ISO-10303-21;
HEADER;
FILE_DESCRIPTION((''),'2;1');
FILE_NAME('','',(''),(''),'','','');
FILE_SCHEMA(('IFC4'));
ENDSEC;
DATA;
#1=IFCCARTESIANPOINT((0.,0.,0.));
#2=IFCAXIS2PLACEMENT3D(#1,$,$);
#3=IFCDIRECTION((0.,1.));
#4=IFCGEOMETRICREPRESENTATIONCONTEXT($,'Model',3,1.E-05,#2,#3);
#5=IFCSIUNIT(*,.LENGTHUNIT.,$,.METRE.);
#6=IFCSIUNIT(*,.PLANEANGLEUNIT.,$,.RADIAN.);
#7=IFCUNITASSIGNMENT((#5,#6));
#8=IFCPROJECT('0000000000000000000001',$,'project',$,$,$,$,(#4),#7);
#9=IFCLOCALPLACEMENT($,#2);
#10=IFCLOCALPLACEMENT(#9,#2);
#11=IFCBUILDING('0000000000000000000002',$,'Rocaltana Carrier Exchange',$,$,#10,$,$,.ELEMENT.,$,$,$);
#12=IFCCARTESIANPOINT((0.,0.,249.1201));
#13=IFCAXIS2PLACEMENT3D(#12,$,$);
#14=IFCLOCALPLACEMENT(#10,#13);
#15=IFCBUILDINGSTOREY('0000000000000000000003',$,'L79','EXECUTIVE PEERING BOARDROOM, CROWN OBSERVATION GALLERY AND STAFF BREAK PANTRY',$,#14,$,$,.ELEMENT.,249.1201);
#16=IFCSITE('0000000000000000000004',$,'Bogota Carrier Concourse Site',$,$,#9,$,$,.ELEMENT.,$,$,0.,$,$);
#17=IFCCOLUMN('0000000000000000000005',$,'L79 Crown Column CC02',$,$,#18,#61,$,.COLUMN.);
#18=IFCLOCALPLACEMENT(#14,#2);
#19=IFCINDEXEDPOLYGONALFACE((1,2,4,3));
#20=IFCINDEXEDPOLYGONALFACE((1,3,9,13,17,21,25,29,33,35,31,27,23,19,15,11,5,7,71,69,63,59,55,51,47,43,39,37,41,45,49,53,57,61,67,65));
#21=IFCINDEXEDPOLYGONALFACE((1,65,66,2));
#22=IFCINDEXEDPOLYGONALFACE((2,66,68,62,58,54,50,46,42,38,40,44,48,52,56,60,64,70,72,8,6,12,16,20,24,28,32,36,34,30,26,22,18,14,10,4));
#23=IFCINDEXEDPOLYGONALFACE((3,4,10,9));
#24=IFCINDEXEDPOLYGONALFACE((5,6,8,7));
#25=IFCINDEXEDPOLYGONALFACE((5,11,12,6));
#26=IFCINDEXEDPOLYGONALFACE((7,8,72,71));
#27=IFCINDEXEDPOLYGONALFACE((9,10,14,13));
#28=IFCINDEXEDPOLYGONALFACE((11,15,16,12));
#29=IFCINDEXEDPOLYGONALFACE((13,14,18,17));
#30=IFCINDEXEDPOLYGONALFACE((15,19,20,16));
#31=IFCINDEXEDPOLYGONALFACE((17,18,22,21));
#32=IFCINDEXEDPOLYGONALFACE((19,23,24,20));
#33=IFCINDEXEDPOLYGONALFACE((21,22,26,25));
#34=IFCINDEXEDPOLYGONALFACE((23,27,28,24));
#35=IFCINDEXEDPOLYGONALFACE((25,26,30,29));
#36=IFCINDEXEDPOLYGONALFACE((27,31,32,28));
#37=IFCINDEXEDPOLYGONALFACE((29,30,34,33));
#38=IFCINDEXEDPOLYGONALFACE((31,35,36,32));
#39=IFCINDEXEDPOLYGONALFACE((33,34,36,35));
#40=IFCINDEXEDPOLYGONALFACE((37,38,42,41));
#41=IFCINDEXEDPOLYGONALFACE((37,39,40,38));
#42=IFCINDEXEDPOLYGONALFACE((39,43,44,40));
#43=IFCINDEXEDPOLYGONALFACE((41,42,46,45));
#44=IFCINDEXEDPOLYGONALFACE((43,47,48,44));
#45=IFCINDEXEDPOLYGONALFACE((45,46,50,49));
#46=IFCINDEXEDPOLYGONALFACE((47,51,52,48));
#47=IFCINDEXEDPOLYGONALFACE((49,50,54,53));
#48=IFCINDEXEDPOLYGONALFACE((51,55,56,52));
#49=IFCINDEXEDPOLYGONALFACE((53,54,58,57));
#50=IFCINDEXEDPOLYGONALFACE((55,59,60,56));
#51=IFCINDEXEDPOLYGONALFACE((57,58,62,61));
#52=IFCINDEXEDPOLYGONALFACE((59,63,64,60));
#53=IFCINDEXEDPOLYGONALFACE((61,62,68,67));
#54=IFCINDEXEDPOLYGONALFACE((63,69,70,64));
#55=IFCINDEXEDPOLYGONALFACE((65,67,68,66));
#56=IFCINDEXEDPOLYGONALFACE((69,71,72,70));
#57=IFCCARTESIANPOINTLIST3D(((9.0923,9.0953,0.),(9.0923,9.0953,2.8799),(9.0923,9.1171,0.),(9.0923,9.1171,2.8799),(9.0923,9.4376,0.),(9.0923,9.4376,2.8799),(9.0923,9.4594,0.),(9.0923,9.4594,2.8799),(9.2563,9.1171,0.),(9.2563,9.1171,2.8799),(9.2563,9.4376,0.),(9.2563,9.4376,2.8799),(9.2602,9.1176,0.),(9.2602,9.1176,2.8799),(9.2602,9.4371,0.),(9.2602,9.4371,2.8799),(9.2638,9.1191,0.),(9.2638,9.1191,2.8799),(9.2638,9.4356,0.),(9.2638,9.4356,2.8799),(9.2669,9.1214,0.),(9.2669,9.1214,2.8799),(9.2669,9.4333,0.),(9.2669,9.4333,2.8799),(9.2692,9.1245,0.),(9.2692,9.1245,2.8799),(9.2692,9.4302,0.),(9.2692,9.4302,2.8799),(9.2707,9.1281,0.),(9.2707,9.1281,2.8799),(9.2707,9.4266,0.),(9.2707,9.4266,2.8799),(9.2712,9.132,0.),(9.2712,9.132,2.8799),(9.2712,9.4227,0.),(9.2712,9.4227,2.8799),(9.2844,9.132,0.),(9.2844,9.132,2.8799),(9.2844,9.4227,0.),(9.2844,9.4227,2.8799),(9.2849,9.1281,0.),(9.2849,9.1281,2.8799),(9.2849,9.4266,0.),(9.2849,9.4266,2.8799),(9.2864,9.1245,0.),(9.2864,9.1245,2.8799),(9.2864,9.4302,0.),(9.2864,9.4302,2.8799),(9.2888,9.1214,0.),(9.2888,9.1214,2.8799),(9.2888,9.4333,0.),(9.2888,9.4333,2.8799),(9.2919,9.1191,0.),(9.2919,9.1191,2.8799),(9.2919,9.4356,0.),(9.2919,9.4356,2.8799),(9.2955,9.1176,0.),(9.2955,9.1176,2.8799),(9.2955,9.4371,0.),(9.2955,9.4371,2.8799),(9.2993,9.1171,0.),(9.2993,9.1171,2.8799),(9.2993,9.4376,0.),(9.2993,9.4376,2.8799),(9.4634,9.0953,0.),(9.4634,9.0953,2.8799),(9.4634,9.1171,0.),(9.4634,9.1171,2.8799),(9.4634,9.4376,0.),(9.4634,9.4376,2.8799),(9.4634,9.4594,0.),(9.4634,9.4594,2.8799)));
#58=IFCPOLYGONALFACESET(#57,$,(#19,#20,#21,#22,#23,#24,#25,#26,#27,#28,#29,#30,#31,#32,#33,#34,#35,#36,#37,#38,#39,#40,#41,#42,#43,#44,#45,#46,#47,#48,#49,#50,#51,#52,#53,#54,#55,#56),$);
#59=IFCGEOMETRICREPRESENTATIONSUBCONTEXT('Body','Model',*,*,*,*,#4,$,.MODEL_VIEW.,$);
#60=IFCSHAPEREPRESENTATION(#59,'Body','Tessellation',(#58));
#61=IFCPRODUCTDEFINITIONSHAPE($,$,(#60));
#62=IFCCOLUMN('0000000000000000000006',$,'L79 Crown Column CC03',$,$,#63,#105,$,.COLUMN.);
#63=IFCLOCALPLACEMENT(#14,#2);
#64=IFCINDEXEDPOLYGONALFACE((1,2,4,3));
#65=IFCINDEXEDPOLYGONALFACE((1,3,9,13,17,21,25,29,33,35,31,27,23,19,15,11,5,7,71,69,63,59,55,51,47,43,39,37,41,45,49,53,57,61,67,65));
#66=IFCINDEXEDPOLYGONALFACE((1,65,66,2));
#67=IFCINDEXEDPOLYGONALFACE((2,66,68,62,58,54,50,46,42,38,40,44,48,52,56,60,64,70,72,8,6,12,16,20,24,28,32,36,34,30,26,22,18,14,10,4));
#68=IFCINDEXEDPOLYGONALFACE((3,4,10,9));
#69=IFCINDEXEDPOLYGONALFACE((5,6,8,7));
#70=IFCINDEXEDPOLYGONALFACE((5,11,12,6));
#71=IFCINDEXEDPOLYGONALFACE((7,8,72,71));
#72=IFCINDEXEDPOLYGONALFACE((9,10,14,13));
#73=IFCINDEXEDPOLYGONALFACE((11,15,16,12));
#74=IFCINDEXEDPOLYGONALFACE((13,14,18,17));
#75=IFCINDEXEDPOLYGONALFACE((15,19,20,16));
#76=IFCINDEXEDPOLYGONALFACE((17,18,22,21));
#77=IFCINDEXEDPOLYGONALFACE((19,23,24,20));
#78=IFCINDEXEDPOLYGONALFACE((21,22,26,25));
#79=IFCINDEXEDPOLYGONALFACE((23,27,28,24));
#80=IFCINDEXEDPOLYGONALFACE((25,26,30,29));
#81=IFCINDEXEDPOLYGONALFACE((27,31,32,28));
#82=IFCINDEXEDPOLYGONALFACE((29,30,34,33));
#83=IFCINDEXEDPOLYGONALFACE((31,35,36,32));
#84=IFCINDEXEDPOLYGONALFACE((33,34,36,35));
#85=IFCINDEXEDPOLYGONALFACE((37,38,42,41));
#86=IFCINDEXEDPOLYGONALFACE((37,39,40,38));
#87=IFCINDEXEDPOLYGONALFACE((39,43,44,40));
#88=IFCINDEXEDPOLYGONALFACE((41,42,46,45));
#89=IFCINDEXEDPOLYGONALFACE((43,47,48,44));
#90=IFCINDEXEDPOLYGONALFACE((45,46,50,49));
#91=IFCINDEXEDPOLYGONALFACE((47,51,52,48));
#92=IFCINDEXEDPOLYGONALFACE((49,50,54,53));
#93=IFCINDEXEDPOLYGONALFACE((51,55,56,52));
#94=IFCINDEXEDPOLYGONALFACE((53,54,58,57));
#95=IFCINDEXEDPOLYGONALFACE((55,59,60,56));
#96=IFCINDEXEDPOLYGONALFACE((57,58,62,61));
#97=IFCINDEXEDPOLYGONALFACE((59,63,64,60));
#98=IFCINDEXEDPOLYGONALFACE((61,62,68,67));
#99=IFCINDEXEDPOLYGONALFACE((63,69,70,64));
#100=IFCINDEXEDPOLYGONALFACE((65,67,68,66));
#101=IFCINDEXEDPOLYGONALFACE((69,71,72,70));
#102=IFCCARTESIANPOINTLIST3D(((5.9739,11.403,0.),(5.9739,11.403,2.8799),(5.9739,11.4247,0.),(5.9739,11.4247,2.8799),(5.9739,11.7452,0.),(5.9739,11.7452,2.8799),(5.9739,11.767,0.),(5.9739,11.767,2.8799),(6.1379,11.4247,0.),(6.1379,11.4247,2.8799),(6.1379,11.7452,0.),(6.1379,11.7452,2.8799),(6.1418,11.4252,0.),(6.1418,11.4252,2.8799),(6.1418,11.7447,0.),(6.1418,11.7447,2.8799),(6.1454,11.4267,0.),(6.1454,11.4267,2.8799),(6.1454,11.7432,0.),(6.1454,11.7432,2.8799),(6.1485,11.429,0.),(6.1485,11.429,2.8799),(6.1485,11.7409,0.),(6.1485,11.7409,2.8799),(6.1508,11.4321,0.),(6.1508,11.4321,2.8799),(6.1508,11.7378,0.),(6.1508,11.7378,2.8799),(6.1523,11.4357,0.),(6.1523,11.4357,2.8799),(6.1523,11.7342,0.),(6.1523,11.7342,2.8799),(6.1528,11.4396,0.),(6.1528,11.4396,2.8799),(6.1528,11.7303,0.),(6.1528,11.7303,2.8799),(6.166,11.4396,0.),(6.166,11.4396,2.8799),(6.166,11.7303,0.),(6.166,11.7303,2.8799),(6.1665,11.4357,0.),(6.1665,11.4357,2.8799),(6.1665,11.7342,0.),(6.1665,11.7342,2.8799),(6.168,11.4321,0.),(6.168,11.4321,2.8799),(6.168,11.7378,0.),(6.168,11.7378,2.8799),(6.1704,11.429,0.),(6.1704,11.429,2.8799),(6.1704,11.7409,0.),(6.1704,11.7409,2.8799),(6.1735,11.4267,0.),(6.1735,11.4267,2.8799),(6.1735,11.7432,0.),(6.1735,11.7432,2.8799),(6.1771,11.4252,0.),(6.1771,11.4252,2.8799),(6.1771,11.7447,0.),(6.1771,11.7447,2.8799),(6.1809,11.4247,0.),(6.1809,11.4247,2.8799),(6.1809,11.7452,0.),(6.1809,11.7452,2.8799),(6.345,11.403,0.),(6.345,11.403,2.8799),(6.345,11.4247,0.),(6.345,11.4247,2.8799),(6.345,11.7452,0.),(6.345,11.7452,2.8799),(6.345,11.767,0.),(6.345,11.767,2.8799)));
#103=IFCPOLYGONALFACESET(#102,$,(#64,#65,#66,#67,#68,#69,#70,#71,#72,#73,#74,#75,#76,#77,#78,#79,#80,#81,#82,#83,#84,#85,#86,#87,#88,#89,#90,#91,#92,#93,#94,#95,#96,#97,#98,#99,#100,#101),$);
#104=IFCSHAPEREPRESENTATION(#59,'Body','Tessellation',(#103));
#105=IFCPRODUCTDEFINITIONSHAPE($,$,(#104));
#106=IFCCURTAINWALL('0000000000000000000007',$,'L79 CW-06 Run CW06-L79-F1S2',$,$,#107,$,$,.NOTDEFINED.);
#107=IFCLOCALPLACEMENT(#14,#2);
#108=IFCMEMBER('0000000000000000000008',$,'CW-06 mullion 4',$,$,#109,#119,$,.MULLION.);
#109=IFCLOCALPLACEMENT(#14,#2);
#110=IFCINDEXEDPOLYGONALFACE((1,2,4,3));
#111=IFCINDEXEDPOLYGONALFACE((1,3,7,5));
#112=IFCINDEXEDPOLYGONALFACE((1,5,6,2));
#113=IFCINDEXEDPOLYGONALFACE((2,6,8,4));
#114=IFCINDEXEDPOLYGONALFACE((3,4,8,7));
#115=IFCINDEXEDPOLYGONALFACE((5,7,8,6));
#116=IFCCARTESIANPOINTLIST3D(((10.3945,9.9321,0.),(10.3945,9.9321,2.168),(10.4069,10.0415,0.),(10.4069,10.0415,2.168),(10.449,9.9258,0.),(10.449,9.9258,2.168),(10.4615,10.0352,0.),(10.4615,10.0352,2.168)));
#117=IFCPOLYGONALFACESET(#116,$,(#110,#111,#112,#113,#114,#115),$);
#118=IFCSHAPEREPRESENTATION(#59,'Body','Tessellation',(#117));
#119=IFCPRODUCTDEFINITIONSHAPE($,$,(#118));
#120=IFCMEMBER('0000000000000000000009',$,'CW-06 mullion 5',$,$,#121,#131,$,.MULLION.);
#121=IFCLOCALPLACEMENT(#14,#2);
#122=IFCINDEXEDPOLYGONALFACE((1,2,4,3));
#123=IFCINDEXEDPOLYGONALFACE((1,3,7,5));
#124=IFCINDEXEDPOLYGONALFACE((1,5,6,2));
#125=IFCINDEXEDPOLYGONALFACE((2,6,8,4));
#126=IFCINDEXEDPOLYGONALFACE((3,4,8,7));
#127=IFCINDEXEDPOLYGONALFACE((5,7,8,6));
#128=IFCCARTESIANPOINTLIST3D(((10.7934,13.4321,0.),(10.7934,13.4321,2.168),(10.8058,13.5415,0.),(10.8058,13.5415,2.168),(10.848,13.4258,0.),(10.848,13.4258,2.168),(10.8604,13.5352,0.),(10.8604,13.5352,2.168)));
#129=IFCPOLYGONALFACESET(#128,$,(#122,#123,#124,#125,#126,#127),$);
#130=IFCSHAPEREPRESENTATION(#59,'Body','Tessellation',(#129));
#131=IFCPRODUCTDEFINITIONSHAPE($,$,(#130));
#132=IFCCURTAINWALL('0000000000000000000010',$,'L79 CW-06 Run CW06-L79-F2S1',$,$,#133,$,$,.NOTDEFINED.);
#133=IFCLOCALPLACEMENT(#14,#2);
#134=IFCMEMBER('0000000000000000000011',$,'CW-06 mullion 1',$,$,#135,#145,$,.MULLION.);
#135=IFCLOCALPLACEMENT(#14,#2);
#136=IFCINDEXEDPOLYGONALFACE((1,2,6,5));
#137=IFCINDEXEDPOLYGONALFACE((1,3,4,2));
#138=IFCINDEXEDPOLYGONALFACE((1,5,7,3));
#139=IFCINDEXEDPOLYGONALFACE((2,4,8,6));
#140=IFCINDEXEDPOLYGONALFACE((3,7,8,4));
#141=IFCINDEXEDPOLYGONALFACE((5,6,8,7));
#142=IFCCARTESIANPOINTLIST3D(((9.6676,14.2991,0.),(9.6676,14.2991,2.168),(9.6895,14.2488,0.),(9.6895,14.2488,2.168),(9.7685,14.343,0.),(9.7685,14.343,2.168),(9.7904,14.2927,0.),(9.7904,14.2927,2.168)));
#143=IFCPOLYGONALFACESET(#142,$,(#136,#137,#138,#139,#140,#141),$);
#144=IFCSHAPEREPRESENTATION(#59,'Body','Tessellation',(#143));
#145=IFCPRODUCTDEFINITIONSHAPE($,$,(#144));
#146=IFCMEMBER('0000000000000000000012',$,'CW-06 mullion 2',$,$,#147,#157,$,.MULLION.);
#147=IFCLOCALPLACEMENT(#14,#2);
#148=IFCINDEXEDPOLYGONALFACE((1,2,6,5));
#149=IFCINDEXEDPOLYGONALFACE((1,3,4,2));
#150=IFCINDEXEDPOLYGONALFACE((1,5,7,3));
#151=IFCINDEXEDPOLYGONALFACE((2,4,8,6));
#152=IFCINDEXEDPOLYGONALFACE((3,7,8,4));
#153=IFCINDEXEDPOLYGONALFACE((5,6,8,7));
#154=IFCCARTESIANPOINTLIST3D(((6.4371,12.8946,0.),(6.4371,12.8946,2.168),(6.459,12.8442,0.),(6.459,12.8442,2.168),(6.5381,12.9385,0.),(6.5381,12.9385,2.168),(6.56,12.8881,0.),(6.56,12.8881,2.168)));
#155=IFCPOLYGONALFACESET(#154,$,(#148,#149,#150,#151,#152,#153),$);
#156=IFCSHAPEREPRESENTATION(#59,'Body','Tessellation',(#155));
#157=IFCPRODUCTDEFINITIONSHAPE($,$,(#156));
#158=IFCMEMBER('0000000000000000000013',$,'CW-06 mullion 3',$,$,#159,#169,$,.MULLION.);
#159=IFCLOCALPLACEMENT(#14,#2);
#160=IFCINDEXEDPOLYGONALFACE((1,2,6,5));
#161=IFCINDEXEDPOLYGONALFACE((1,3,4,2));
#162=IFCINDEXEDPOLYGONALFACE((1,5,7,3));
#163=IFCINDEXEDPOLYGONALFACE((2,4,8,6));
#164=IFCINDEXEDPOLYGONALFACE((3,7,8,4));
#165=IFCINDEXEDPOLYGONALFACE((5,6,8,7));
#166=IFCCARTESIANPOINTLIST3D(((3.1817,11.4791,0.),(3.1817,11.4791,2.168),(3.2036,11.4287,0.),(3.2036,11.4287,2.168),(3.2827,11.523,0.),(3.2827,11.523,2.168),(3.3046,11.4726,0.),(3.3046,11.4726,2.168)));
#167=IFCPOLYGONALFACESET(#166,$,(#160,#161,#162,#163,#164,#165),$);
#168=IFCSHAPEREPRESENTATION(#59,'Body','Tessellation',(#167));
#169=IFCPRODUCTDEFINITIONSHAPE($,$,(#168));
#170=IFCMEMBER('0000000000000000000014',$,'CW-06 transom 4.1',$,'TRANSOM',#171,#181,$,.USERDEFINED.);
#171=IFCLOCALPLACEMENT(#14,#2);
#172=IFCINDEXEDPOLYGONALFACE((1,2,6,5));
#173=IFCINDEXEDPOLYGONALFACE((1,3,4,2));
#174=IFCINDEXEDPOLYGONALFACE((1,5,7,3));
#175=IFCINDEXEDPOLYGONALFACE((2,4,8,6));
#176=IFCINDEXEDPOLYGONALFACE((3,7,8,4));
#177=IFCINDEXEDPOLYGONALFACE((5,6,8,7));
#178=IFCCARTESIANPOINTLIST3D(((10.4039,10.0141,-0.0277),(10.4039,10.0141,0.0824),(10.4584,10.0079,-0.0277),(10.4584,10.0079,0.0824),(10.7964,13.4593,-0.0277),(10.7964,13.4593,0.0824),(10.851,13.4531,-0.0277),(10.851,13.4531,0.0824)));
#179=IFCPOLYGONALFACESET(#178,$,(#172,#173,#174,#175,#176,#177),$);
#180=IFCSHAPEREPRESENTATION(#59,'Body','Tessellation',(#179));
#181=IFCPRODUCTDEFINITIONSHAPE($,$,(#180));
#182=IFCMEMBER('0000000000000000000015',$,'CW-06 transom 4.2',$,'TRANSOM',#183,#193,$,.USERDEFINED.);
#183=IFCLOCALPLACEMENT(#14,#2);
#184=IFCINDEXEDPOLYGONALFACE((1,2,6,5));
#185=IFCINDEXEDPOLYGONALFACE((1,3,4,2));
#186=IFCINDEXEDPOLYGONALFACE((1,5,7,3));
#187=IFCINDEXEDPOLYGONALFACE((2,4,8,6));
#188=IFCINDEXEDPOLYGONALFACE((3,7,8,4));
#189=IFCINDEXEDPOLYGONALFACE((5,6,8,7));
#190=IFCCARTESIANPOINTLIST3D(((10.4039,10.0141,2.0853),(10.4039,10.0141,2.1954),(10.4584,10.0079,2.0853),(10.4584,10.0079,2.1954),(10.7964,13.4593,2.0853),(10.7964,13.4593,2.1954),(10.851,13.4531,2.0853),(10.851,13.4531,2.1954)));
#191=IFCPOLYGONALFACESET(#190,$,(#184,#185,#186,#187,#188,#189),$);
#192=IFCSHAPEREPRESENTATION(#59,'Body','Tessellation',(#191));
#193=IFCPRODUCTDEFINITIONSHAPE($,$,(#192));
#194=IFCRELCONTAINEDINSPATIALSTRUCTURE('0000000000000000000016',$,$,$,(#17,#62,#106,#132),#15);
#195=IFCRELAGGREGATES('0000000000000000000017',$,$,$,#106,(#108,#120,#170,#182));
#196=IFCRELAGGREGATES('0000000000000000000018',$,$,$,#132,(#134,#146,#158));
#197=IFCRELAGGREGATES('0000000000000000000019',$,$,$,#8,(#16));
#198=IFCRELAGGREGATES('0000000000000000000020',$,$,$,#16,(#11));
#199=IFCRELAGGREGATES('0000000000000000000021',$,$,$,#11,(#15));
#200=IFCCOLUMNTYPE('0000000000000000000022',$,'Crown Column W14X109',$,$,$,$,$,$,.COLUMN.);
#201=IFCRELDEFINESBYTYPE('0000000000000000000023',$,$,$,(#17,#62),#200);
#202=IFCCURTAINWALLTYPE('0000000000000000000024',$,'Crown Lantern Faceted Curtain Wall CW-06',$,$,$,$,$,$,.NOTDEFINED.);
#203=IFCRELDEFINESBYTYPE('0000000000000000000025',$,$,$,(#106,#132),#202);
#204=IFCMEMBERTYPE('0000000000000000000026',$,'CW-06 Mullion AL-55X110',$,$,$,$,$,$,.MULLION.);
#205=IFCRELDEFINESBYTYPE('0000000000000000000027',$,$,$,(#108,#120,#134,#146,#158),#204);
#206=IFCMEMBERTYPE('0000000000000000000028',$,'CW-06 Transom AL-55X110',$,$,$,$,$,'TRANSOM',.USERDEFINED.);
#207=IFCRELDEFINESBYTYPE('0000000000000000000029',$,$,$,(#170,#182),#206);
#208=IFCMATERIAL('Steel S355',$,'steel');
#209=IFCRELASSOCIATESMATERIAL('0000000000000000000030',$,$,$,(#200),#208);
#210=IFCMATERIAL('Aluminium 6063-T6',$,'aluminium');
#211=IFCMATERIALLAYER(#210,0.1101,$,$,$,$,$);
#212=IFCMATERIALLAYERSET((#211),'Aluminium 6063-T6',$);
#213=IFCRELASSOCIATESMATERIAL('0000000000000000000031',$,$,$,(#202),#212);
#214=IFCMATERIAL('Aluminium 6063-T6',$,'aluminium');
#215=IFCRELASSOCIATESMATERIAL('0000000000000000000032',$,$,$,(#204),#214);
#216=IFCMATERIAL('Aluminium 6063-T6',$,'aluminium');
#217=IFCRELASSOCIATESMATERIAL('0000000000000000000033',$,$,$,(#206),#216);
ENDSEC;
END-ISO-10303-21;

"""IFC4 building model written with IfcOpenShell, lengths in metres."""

from ifc_helpers import new_model, si_unit, direction, frame, origin, origin_2d, place, context, subcontext, project, spatial, rectangle, i_section, extrude, material, layer, layer_set, material_profile, profile_set, type_object, element, aggregate, save


model = new_model("IFC4")

# Units and contexts
model_context = context("Model", 3, precision=1e-05, world=origin(), true_north=direction((0.0, 1.0)))
body_context = subcontext(model_context, "Body", "Model", "MODEL_VIEW")
ifc_project = project(units=[si_unit("LENGTHUNIT", "METRE"), si_unit("PLANEANGLEUNIT", "RADIAN")], contexts=[model_context])

# Site, building, storey
site_placement = place(None, origin())
site = spatial("IfcSite", under=ifc_project, at=site_placement, Name="Bogota Carrier Concourse Site", CompositionType="ELEMENT", RefElevation=0.0)
building_placement = place(site_placement, origin())
building = spatial("IfcBuilding", under=site, at=building_placement, Name="Rocaltana Carrier Exchange", CompositionType="ELEMENT")
storey_placement = place(building_placement, frame((0.0, 0.0, 249.1201)))
storey = spatial("IfcBuildingStorey", under=building, at=storey_placement, Name="L79", Description="EXECUTIVE PEERING BOARDROOM, CROWN OBSERVATION GALLERY AND STAFF BREAK PANTRY", CompositionType="ELEMENT", Elevation=249.1201)

# Columns
ifc_material_1 = material(Name="Steel S355", Category="steel")
ifc_material_profile_1 = material_profile(ifc_material_1, i_section(OverallWidth=0.3711, OverallDepth=0.364, WebThickness=0.0132, FlangeThickness=0.0217, FilletRadius=0.0149, at=origin_2d()), Name="W14X109")
ifc_profile_set_1 = profile_set([ifc_material_profile_1], Name="Steel S355")
column_type = type_object("IfcColumnType", Name="Crown Column W14X109", PredefinedType="COLUMN", material=ifc_profile_set_1)
for number, where, z_axis, x_axis, name in (
    (1, (9.2778, 9.2773, 0.0), (0.0, 0.0, 1.0), (1.0, 0.0, 0.0), "L79 Crown Column CC02"),
    (2, (6.1594, 11.585, 0.0), (0.0, 0.0, 1.0), (1.0, 0.0, 0.0), "L79 Crown Column CC03"),
):
    element("IfcColumn", number, at=place(storey_placement, frame(where, z_axis=z_axis, x_axis=x_axis)), inside=storey, type_object=column_type, Name=name, PredefinedType="COLUMN", context=body_context, shape_type="SweptSolid", body=[
        extrude(i_section(OverallWidth=0.3711, OverallDepth=0.364, WebThickness=0.0132, FlangeThickness=0.0217, FilletRadius=0.0149, at=origin_2d()), origin(), (0.0, 0.0, 1.0), 2.8799),
    ])

# Curtain walls, members
ifc_material_2 = material(Name="Aluminium 6063-T6", Category="aluminium")
ifc_layer_1 = layer(ifc_material_2, 0.1101)
ifc_layer_set_1 = layer_set([ifc_layer_1], Name="Aluminium 6063-T6")
curtain_wall_type = type_object("IfcCurtainWallType", Name="Crown Lantern Faceted Curtain Wall CW-06", PredefinedType="NOTDEFINED", material=ifc_layer_set_1)
curtain_wall_1_placement = place(storey_placement, origin())
curtain_wall_1 = element("IfcCurtainWall", 3, at=curtain_wall_1_placement, inside=storey, type_object=curtain_wall_type, Name="L79 CW-06 Run CW06-L79-F1S2", PredefinedType="NOTDEFINED")
ifc_material_3 = material(Name="Aluminium 6063-T6", Category="aluminium")
ifc_material_profile_2 = material_profile(ifc_material_3, rectangle(XDim=0.0549, YDim=0.1101, at=origin_2d()), Name="AL-55X110")
ifc_profile_set_2 = profile_set([ifc_material_profile_2], Name="Aluminium 6063-T6")
member_type_1 = type_object("IfcMemberType", Name="CW-06 Mullion AL-55X110", PredefinedType="MULLION", material=ifc_profile_set_2)
member_1_placement = place(storey_placement, frame((10.428, 9.9836, 0.0), z_axis=(0.0, 0.0, 1.0), x_axis=(-0.993572, 0.113204, 0.0)))
member_1 = element("IfcMember", 4, at=member_1_placement, type_object=member_type_1, Name="CW-06 mullion 4", PredefinedType="MULLION", context=body_context, shape_type="SweptSolid", body=[
    extrude(rectangle(XDim=0.0549, YDim=0.1101, at=origin_2d()), origin(), (0.0, 0.0, 1.0), 2.168),
])
member_2_placement = place(storey_placement, frame((10.8269, 13.4836, 0.0), z_axis=(0.0, 0.0, 1.0), x_axis=(-0.993572, 0.113204, 0.0)))
member_2 = element("IfcMember", 5, at=member_2_placement, type_object=member_type_1, Name="CW-06 mullion 5", PredefinedType="MULLION", context=body_context, shape_type="SweptSolid", body=[
    extrude(rectangle(XDim=0.0549, YDim=0.1101, at=origin_2d()), origin(), (0.0, 0.0, 1.0), 2.168),
])
curtain_wall_2_placement = place(storey_placement, origin())
curtain_wall_2 = element("IfcCurtainWall", 6, at=curtain_wall_2_placement, inside=storey, type_object=curtain_wall_type, Name="L79 CW-06 Run CW06-L79-F2S1", PredefinedType="NOTDEFINED")
member_3_placement = place(storey_placement, frame((9.729, 14.2959, 0.0), z_axis=(0.0, 0.0, 1.0), x_axis=(0.398752, -0.917059, 0.0)))
member_3 = element("IfcMember", 7, at=member_3_placement, type_object=member_type_1, Name="CW-06 mullion 1", PredefinedType="MULLION", context=body_context, shape_type="SweptSolid", body=[
    extrude(rectangle(XDim=0.0549, YDim=0.1101, at=origin_2d()), origin(), (0.0, 0.0, 1.0), 2.168),
])
member_4_placement = place(storey_placement, frame((6.4985, 12.8914, 0.0), z_axis=(0.0, 0.0, 1.0), x_axis=(0.398752, -0.917059, 0.0)))
member_4 = element("IfcMember", 8, at=member_4_placement, type_object=member_type_1, Name="CW-06 mullion 2", PredefinedType="MULLION", context=body_context, shape_type="SweptSolid", body=[
    extrude(rectangle(XDim=0.0549, YDim=0.1101, at=origin_2d()), origin(), (0.0, 0.0, 1.0), 2.168),
])
member_5_placement = place(storey_placement, frame((3.2432, 11.4758, 0.0), z_axis=(0.0, 0.0, 1.0), x_axis=(0.398752, -0.917059, 0.0)))
member_5 = element("IfcMember", 9, at=member_5_placement, type_object=member_type_1, Name="CW-06 mullion 3", PredefinedType="MULLION", context=body_context, shape_type="SweptSolid", body=[
    extrude(rectangle(XDim=0.0549, YDim=0.1101, at=origin_2d()), origin(), (0.0, 0.0, 1.0), 2.168),
])

# Members
ifc_material_4 = material(Name="Aluminium 6063-T6", Category="aluminium")
ifc_material_profile_3 = material_profile(ifc_material_4, rectangle(XDim=0.0549, YDim=0.1101, at=origin_2d()), Name="AL-55X110")
ifc_profile_set_3 = profile_set([ifc_material_profile_3], Name="Aluminium 6063-T6")
member_type_2 = type_object("IfcMemberType", Name="CW-06 Transom AL-55X110", ElementType="TRANSOM", PredefinedType="USERDEFINED", material=ifc_profile_set_3)
member_6_placement = place(storey_placement, frame((10.4312, 10.011, 0.0273), z_axis=(0.113213, 0.993571, 0.0), x_axis=(-0.993571, 0.113213, 0.0)))
member_6 = element("IfcMember", 10, at=member_6_placement, type_object=member_type_2, Name="CW-06 transom 4.1", ObjectType="TRANSOM", PredefinedType="USERDEFINED", context=body_context, shape_type="SweptSolid", body=[
    extrude(rectangle(XDim=0.0549, YDim=0.1101, at=origin_2d()), origin(), (0.0, 0.0, 1.0), 3.4675),
])
member_7_placement = place(storey_placement, frame((10.4312, 10.011, 2.1404), z_axis=(0.113213, 0.993571, 0.0), x_axis=(-0.993571, 0.113213, 0.0)))
member_7 = element("IfcMember", 11, at=member_7_placement, type_object=member_type_2, Name="CW-06 transom 4.2", ObjectType="TRANSOM", PredefinedType="USERDEFINED", context=body_context, shape_type="SweptSolid", body=[
    extrude(rectangle(XDim=0.0549, YDim=0.1101, at=origin_2d()), origin(), (0.0, 0.0, 1.0), 3.4675),
])

aggregate(curtain_wall_1, [member_1, member_2, member_6, member_7])
aggregate(curtain_wall_2, [member_3, member_4, member_5])

save(model, "model.ifc")
